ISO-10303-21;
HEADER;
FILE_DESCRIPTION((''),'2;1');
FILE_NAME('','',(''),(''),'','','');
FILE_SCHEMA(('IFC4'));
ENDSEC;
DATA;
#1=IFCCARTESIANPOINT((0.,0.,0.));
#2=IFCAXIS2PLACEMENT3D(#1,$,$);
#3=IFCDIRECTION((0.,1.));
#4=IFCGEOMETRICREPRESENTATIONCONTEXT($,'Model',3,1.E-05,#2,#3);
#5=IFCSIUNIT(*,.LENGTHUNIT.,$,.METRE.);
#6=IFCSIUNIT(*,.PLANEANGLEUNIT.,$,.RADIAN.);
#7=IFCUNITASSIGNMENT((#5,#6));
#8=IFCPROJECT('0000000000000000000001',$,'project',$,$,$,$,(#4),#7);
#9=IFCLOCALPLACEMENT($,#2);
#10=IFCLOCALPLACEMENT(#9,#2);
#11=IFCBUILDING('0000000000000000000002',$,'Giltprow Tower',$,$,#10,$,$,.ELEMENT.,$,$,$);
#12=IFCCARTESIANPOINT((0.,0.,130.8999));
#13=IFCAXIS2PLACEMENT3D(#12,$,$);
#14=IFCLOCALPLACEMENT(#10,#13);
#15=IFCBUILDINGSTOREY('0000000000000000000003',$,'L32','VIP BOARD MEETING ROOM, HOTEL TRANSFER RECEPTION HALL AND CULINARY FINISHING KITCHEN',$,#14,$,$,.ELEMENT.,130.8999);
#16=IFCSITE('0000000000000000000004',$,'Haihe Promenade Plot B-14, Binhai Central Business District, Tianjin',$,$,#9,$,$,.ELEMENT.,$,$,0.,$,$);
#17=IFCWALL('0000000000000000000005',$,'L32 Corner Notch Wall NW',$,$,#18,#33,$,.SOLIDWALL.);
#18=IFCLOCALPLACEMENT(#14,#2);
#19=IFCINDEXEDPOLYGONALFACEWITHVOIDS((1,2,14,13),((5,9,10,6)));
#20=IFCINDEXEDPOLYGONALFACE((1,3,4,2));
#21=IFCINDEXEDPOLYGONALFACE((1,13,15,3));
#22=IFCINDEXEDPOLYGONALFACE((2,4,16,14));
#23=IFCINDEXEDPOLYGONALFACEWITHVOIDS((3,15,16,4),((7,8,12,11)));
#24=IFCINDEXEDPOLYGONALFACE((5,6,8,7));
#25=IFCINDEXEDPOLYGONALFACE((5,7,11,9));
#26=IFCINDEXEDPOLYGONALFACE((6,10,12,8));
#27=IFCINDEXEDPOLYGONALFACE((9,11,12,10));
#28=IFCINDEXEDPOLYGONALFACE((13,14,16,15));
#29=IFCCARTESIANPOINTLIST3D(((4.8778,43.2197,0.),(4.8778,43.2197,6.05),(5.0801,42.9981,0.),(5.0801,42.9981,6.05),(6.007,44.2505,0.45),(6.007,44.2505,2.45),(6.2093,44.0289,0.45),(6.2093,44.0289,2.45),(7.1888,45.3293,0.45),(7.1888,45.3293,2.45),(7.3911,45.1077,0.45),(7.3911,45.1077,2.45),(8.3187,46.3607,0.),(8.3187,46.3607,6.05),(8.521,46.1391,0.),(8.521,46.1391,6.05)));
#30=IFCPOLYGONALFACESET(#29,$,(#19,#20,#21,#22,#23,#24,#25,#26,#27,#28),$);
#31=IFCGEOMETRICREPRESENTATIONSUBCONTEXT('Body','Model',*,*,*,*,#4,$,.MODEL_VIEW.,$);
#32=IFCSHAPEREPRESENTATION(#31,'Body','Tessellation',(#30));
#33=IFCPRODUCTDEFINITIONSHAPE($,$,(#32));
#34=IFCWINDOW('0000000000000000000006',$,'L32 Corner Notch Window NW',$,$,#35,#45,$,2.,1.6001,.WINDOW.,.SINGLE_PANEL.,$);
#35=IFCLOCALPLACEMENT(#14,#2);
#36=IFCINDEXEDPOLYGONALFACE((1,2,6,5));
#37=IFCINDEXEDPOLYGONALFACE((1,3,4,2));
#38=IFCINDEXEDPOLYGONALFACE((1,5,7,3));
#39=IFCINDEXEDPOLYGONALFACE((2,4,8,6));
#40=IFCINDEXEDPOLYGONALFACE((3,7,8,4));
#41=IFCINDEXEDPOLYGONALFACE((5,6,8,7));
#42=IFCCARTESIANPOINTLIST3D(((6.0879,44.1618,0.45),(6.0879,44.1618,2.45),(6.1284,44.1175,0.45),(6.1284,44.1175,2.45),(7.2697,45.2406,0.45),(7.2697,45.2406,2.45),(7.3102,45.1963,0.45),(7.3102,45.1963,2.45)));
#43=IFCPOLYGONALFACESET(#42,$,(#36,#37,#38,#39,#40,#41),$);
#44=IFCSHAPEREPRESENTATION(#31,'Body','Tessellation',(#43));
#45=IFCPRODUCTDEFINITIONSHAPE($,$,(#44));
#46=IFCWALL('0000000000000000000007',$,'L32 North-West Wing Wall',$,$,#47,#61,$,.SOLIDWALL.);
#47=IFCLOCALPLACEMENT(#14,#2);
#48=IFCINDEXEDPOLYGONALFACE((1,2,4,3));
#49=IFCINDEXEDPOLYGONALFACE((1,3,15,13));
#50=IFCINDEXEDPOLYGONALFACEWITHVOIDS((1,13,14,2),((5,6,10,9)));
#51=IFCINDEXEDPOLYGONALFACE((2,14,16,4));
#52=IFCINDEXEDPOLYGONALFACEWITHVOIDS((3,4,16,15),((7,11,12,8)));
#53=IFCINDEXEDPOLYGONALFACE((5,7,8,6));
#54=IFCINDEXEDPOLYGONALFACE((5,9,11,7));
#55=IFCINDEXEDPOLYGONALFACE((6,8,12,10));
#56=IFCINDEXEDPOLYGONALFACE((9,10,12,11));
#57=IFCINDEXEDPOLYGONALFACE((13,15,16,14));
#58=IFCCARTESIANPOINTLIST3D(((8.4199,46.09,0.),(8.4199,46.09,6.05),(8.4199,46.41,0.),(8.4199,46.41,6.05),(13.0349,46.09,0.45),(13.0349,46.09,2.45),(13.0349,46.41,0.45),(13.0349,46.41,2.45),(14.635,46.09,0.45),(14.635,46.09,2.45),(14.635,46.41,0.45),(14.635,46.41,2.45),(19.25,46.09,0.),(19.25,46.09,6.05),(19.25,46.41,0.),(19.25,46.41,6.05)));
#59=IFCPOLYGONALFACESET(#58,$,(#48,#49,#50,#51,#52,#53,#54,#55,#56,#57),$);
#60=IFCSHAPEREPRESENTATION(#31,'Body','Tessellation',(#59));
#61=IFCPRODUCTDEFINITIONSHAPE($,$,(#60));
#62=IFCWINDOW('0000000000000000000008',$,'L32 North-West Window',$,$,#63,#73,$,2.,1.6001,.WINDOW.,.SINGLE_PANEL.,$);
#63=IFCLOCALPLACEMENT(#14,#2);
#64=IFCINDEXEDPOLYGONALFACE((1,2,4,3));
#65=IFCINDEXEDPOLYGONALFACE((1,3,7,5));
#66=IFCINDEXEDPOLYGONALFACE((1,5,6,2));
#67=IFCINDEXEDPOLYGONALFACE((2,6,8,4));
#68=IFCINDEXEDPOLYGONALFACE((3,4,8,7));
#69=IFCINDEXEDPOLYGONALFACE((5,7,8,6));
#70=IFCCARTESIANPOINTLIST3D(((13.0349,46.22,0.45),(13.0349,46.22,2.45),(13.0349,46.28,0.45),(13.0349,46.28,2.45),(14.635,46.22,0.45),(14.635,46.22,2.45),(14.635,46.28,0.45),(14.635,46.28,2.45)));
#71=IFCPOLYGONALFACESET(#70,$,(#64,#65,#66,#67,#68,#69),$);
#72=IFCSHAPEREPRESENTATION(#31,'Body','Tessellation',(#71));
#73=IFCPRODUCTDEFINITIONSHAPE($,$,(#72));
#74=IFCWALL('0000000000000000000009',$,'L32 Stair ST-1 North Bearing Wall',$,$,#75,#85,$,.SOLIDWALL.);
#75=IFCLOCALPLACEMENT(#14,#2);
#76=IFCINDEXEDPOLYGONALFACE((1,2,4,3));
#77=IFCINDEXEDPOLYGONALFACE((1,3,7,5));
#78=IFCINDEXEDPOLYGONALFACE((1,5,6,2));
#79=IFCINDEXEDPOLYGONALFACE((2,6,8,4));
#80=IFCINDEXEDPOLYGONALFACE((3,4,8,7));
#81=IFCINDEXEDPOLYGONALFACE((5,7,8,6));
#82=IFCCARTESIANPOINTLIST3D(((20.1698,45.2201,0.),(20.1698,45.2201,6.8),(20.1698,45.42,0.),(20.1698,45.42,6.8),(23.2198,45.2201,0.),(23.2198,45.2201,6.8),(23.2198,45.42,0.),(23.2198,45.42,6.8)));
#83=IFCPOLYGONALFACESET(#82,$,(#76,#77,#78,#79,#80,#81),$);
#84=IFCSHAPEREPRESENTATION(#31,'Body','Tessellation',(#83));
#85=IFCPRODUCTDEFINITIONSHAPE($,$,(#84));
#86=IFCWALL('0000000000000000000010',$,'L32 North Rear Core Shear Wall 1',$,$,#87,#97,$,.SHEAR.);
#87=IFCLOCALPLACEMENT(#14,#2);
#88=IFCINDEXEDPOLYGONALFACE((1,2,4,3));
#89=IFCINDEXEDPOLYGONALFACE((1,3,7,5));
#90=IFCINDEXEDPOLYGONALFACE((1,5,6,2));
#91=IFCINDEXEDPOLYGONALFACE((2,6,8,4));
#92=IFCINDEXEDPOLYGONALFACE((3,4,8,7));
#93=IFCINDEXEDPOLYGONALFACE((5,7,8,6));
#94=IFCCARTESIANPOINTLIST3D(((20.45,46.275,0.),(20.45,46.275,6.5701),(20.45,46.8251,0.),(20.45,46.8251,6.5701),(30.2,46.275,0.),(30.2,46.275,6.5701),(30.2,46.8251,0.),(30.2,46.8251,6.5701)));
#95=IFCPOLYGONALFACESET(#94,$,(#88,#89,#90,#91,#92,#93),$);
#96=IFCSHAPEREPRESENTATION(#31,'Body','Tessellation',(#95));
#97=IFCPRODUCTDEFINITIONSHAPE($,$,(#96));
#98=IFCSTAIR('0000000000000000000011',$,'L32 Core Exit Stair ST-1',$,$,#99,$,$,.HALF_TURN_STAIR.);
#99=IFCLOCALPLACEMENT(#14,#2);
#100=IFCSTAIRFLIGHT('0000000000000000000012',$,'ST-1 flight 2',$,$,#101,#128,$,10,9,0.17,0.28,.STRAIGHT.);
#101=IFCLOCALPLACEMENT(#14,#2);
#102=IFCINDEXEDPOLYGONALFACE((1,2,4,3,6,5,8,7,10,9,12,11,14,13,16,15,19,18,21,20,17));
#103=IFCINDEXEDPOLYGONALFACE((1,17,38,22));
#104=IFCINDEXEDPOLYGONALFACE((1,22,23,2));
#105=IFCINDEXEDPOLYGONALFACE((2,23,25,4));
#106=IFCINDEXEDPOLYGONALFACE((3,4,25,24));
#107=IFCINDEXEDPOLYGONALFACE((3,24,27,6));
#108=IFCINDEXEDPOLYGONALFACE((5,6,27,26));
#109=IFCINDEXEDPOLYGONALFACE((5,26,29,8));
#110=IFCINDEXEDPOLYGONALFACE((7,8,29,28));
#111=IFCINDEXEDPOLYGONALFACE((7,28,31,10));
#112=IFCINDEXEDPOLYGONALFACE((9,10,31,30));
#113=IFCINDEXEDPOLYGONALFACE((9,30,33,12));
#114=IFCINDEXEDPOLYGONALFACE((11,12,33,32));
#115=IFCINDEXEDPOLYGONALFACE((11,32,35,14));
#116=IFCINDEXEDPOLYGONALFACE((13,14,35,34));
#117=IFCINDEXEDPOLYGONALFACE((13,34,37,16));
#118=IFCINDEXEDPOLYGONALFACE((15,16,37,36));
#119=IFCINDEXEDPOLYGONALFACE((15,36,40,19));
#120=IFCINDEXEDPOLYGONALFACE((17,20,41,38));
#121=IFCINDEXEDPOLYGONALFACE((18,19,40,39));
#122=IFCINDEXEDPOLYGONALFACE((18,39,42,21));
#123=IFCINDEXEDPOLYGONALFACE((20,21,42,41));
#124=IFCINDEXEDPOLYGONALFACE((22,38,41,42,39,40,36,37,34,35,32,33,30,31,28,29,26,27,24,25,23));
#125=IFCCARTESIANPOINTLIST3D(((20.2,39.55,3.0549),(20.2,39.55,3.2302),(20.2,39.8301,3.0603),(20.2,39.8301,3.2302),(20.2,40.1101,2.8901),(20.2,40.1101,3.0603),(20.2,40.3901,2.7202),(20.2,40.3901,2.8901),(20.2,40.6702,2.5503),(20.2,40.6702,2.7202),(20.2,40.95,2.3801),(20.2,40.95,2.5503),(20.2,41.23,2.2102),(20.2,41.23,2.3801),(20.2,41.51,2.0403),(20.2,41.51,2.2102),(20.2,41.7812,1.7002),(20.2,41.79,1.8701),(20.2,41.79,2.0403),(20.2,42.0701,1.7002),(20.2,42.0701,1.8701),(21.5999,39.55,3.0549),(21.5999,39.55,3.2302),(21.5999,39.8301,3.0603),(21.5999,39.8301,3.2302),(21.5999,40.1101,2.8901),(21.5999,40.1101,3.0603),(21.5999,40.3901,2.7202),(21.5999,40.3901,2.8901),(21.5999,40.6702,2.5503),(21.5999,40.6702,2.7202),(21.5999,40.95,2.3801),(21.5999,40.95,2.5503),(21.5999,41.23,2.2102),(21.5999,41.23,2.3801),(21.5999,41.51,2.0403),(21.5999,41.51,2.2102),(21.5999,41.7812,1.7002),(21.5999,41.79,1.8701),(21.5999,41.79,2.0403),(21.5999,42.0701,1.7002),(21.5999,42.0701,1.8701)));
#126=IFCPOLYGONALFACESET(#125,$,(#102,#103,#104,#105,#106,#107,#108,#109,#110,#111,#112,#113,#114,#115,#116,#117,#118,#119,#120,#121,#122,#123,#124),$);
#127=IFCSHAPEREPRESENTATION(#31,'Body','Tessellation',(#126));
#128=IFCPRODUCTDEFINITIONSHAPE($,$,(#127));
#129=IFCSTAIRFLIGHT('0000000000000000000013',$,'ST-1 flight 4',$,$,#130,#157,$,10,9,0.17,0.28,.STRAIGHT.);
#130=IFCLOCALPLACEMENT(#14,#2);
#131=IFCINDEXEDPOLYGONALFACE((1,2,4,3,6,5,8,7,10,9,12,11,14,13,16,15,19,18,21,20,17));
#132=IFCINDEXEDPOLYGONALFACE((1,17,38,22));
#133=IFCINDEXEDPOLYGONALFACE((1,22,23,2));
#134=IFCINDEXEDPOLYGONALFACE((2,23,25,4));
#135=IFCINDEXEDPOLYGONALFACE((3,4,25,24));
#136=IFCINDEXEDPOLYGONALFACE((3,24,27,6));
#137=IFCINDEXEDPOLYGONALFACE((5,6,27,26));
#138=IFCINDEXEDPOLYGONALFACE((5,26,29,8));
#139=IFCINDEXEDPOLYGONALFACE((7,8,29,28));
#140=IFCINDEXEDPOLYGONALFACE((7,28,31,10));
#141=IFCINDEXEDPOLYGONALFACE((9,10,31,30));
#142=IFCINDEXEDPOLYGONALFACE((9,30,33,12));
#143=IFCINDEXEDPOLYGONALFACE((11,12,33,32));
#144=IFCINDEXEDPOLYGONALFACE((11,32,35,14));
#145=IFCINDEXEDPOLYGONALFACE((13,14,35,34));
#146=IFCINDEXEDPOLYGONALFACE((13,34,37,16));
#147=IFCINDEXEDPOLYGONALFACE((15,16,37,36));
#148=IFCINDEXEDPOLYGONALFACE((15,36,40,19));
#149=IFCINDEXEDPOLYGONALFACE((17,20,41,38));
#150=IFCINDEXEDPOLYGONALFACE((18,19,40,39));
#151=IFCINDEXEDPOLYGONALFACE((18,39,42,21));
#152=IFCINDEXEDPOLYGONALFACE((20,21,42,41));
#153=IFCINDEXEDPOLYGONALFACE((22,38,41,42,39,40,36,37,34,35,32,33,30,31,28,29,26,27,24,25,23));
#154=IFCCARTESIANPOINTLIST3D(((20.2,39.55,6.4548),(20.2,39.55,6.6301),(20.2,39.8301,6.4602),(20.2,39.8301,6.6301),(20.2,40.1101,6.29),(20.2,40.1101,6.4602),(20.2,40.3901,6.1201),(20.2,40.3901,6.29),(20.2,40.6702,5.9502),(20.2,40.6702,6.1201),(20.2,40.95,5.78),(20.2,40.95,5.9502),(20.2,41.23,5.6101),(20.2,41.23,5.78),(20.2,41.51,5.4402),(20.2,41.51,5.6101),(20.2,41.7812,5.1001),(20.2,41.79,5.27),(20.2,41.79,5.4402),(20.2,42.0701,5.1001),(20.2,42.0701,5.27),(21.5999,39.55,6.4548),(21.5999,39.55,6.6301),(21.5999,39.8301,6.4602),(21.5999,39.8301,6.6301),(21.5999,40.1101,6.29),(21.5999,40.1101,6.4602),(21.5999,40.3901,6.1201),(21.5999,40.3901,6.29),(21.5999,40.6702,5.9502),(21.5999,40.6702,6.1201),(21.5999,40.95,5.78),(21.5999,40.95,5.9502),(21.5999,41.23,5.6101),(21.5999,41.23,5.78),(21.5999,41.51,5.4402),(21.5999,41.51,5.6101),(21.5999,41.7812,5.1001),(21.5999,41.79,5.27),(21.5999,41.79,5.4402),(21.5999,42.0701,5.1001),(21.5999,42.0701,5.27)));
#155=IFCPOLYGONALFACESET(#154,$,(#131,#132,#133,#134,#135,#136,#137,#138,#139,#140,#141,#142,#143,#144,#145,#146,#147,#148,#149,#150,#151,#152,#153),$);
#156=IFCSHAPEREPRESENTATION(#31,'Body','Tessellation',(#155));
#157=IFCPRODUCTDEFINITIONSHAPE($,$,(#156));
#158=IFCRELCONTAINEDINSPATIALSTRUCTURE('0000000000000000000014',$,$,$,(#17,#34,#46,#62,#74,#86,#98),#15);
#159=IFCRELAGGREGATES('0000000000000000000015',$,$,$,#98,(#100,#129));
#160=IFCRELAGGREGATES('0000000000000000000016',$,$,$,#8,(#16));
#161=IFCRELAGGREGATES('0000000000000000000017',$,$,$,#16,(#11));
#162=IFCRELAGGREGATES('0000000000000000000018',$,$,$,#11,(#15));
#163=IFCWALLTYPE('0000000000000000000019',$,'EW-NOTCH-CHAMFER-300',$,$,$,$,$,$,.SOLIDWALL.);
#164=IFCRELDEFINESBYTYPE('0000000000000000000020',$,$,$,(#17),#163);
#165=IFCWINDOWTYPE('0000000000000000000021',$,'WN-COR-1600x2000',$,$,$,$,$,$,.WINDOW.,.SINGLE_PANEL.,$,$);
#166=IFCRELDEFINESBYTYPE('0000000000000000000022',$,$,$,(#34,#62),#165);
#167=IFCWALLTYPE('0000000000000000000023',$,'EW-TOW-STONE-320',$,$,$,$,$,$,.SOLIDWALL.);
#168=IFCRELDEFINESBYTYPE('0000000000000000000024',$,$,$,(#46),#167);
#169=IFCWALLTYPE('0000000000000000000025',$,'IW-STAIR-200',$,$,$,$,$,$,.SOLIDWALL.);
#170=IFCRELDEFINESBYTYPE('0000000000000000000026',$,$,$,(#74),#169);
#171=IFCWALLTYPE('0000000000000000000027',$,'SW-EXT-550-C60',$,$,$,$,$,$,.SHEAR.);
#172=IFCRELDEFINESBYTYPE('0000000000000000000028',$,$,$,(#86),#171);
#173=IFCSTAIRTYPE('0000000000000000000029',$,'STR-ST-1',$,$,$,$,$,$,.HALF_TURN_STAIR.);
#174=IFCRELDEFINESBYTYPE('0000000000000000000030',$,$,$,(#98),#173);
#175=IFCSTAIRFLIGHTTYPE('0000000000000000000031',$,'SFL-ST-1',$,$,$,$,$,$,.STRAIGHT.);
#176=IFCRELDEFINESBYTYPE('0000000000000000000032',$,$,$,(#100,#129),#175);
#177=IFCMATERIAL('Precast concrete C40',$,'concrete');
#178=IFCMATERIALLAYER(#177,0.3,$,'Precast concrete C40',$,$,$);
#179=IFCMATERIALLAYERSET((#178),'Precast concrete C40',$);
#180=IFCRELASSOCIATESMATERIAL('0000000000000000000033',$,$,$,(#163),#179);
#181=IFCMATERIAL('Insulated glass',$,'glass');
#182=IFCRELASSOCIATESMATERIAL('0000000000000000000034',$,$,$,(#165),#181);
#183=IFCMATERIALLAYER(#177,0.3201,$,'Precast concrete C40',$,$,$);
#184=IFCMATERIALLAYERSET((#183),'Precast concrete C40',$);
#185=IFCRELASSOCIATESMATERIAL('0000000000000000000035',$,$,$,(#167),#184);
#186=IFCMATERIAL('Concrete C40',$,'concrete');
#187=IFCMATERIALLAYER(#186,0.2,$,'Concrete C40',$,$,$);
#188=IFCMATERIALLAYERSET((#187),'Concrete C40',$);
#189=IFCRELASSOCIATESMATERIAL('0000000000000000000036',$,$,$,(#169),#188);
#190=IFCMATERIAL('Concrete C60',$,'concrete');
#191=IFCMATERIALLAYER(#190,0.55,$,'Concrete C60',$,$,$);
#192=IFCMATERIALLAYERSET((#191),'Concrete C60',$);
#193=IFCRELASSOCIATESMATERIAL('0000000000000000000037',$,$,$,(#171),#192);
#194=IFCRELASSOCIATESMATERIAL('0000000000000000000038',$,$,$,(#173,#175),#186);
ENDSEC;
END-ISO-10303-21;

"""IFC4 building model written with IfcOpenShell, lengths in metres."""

from ifc_helpers import new_model, si_unit, direction, frame, frame_2d, origin, place, context, subcontext, project, spatial, polyline, rectangle, outline, extrude, source, transform, mapped, material, layer, layer_set, type_object, element, fill, aggregate, save


model = new_model("IFC4")

# Units and contexts
model_context = context("Model", 3, precision=1e-05, world=origin(), true_north=direction((0.0, 1.0)))
body_context = subcontext(model_context, "Body", "Model", "MODEL_VIEW")
ifc_project = project(units=[si_unit("LENGTHUNIT", "METRE"), si_unit("PLANEANGLEUNIT", "RADIAN")], contexts=[model_context])

# Site, building, storey
site_placement = place(None, origin())
site = spatial("IfcSite", under=ifc_project, at=site_placement, Name="Haihe Promenade Plot B-14, Binhai Central Business District, Tianjin", CompositionType="ELEMENT", RefElevation=0.0)
building_placement = place(site_placement, origin())
building = spatial("IfcBuilding", under=site, at=building_placement, Name="Giltprow Tower", CompositionType="ELEMENT")
storey_placement = place(building_placement, frame((0.0, 0.0, 130.8999)))
storey = spatial("IfcBuildingStorey", under=building, at=storey_placement, Name="L32", Description="VIP BOARD MEETING ROOM, HOTEL TRANSFER RECEPTION HALL AND CULINARY FINISHING KITCHEN", CompositionType="ELEMENT", Elevation=130.8999)

# Shared definitions
ifc_material_1 = material(Name="Concrete C60", Category="concrete")

# Walls, openings, windows
ifc_material_2 = material(Name="Precast concrete C40", Category="concrete")
ifc_layer_1 = layer(ifc_material_2, 0.3, Name="Precast concrete C40")
ifc_layer_set_1 = layer_set([ifc_layer_1], Name="Precast concrete C40")
wall_type_1 = type_object("IfcWallType", Name="EW-NOTCH-CHAMFER-300", PredefinedType="SOLIDWALL", material=ifc_layer_set_1)
wall_1_placement = place(storey_placement, frame((8.4199, 46.25, 0.0), z_axis=(0.0, 0.0, 1.0), x_axis=(-0.738549, -0.6742, 0.0)))
wall_1 = element("IfcWall", 1, at=wall_1_placement, inside=storey, type_object=wall_type_1, Name="L32 Corner Notch Wall NW", PredefinedType="SOLIDWALL", context=body_context, shape_type="SweptSolid", body=[
    extrude(rectangle(XDim=4.6589, YDim=0.3, at=frame_2d((2.3296, 0.0))), origin(), (0.0, 0.0, 1.0), 6.05),
])
opening_1_placement = place(wall_1_placement, frame((1.53, 0.0, 0.45)))
opening_1 = element("IfcOpeningElement", 2, at=opening_1_placement, cuts=wall_1, PredefinedType="OPENING", context=body_context, shape_type="SweptSolid", body=[
    extrude(rectangle(XDim=1.6001, YDim=2.0, at=frame_2d((0.8, 1.0))), frame((0.0, 0.1599, 0.0), z_axis=(0.0, -1.0, 0.0), x_axis=(1.0, 0.0, 0.0)), (0.0, 0.0, 1.0), 0.3201),
])
ifc_material_3 = material(Name="Insulated glass", Category="glass")
window_type = type_object("IfcWindowType", Name="WN-COR-1600x2000", PartitioningType="SINGLE_PANEL", PredefinedType="WINDOW", material=ifc_material_3)
shared_shape_1 = source(origin(), body_context, "Body", "SweptSolid", [
    extrude(rectangle(XDim=1.6001, YDim=2.0, at=frame_2d((0.8, 1.0))), frame((0.0, 0.03, 0.0), z_axis=(0.0, -1.0, 0.0), x_axis=(1.0, 0.0, 0.0)), (0.0, 0.0, 1.0), 0.0601),
])
window_1_placement = place(opening_1_placement, origin())
window_1 = element("IfcWindow", 3, at=window_1_placement, inside=storey, type_object=window_type, Name="L32 Corner Notch Window NW", OverallHeight=2.0, OverallWidth=1.6001, PartitioningType="SINGLE_PANEL", PredefinedType="WINDOW", context=body_context, shape_type="MappedRepresentation", body=[
    mapped(shared_shape_1, transform((0.0, 0.0, 0.0), x_axis=(1.0, 0.0, 0.0), y_axis=(0.0, 1.0, 0.0), z_axis=(0.0, 0.0, 1.0), scale=1.0)),
])
fill(opening_1, window_1)
ifc_layer_2 = layer(ifc_material_2, 0.3201, Name="Precast concrete C40")
ifc_layer_set_2 = layer_set([ifc_layer_2], Name="Precast concrete C40")
wall_type_2 = type_object("IfcWallType", Name="EW-TOW-STONE-320", PredefinedType="SOLIDWALL", material=ifc_layer_set_2)
wall_2_placement = place(storey_placement, frame((8.4199, 46.25, 0.0), z_axis=(0.0, 0.0, 1.0), x_axis=(1.0, 0.0, 0.0)))
wall_2 = element("IfcWall", 4, at=wall_2_placement, inside=storey, type_object=wall_type_2, Name="L32 North-West Wing Wall", PredefinedType="SOLIDWALL", context=body_context, shape_type="SweptSolid", body=[
    extrude(rectangle(XDim=10.8301, YDim=0.3201, at=frame_2d((5.415, 0.0))), origin(), (0.0, 0.0, 1.0), 6.05),
])
opening_2_placement = place(wall_2_placement, frame((4.615, 0.0, 0.45)))
opening_2 = element("IfcOpeningElement", 5, at=opening_2_placement, cuts=wall_2, PredefinedType="OPENING", context=body_context, shape_type="SweptSolid", body=[
    extrude(rectangle(XDim=1.6001, YDim=2.0, at=frame_2d((0.8, 1.0))), frame((0.0, 0.1699, 0.0), z_axis=(0.0, -1.0, 0.0), x_axis=(1.0, 0.0, 0.0)), (0.0, 0.0, 1.0), 0.3401),
])
window_2_placement = place(opening_2_placement, origin())
window_2 = element("IfcWindow", 6, at=window_2_placement, inside=storey, type_object=window_type, Name="L32 North-West Window", OverallHeight=2.0, OverallWidth=1.6001, PartitioningType="SINGLE_PANEL", PredefinedType="WINDOW", context=body_context, shape_type="MappedRepresentation", body=[
    mapped(shared_shape_1, transform((0.0, 0.0, 0.0), x_axis=(1.0, 0.0, 0.0), y_axis=(0.0, 1.0, 0.0), z_axis=(0.0, 0.0, 1.0), scale=1.0)),
])
fill(opening_2, window_2)

# Walls
ifc_material_4 = material(Name="Concrete C40", Category="concrete")
ifc_layer_3 = layer(ifc_material_4, 0.2, Name="Concrete C40")
ifc_layer_set_3 = layer_set([ifc_layer_3], Name="Concrete C40")
wall_type_3 = type_object("IfcWallType", Name="IW-STAIR-200", PredefinedType="SOLIDWALL", material=ifc_layer_set_3)
wall_3_placement = place(storey_placement, frame((20.1699, 45.3201, 0.0), z_axis=(0.0, 0.0, 1.0), x_axis=(1.0, 0.0, 0.0)))
element("IfcWall", 7, at=wall_3_placement, inside=storey, type_object=wall_type_3, Name="L32 Stair ST-1 North Bearing Wall", PredefinedType="SOLIDWALL", context=body_context, shape_type="SweptSolid", body=[
    extrude(rectangle(XDim=3.05, YDim=0.2, at=frame_2d((1.5249, 0.0))), origin(), (0.0, 0.0, 1.0), 6.8),
])
ifc_layer_4 = layer(ifc_material_1, 0.55, Name="Concrete C60")
ifc_layer_set_4 = layer_set([ifc_layer_4], Name="Concrete C60")
wall_type_4 = type_object("IfcWallType", Name="SW-EXT-550-C60", PredefinedType="SHEAR", material=ifc_layer_set_4)
wall_4_placement = place(storey_placement, frame((20.45, 46.55, 0.0), z_axis=(0.0, 0.0, 1.0), x_axis=(1.0, 0.0, 0.0)))
element("IfcWall", 8, at=wall_4_placement, inside=storey, type_object=wall_type_4, Name="L32 North Rear Core Shear Wall 1", PredefinedType="SHEAR", context=body_context, shape_type="SweptSolid", body=[
    extrude(rectangle(XDim=9.75, YDim=0.55, at=frame_2d((4.875, 0.0))), origin(), (0.0, 0.0, 1.0), 6.5701),
])

# Stair, stair flights
stair_type = type_object("IfcStairType", Name="STR-ST-1", PredefinedType="HALF_TURN_STAIR", material=ifc_material_4)
stair_placement = place(storey_placement, origin())
stair = element("IfcStair", 9, at=stair_placement, inside=storey, type_object=stair_type, Name="L32 Core Exit Stair ST-1", PredefinedType="HALF_TURN_STAIR")
stair_flight_type = type_object("IfcStairFlightType", Name="SFL-ST-1", PredefinedType="STRAIGHT", material=ifc_material_4)
stair_flight_1_placement = place(storey_placement, frame((20.8999, 42.0701, 1.7002), z_axis=(0.0, 0.0, 1.0), x_axis=(0.0, -1.0, 0.0)))
stair_flight_1 = element("IfcStairFlight", 10, at=stair_flight_1_placement, type_object=stair_flight_type, Name="ST-1 flight 2", NumberOfRisers=10, NumberOfTreads=9, PredefinedType="STRAIGHT", RiserHeight=0.17, TreadLength=0.28, context=body_context, shape_type="SweptSolid", body=[
    extrude(outline(polyline([(0.0, 0.0), (0.0, 0.1699), (0.28, 0.1699), (0.28, 0.3401), (0.5601, 0.3401), (0.5601, 0.51), (0.8401, 0.51), (0.8401, 0.6799), (1.1201, 0.6799), (1.1201, 0.8501), (1.3999, 0.8501), (1.3999, 1.02), (1.6799, 1.02), (1.6799, 1.1899), (1.96, 1.1899), (1.96, 1.3601), (2.24, 1.3601), (2.24, 1.53), (2.52, 1.53), (2.52, 1.7), (2.52, 1.3547), (0.2888, 0.0), (0.0, 0.0)])), frame((0.0, 0.7, 0.0), z_axis=(0.0, -1.0, 0.0), x_axis=(1.0, 0.0, 0.0)), (0.0, 0.0, 1.0), 1.3999),
])
stair_flight_2_placement = place(storey_placement, frame((20.8999, 42.0701, 5.1001), z_axis=(0.0, 0.0, 1.0), x_axis=(0.0, -1.0, 0.0)))
stair_flight_2 = element("IfcStairFlight", 11, at=stair_flight_2_placement, type_object=stair_flight_type, Name="ST-1 flight 4", NumberOfRisers=10, NumberOfTreads=9, PredefinedType="STRAIGHT", RiserHeight=0.17, TreadLength=0.28, context=body_context, shape_type="SweptSolid", body=[
    extrude(outline(polyline([(0.0, 0.0), (0.0, 0.1699), (0.28, 0.1699), (0.28, 0.3401), (0.5601, 0.3401), (0.5601, 0.51), (0.8401, 0.51), (0.8401, 0.6799), (1.1201, 0.6799), (1.1201, 0.8501), (1.3999, 0.8501), (1.3999, 1.02), (1.6799, 1.02), (1.6799, 1.1899), (1.96, 1.1899), (1.96, 1.3601), (2.24, 1.3601), (2.24, 1.53), (2.52, 1.53), (2.52, 1.7), (2.52, 1.3547), (0.2888, 0.0), (0.0, 0.0)])), frame((0.0, 0.7, 0.0), z_axis=(0.0, -1.0, 0.0), x_axis=(1.0, 0.0, 0.0)), (0.0, 0.0, 1.0), 1.3999),
])
aggregate(stair, [stair_flight_1, stair_flight_2])

save(model, "model.ifc")
